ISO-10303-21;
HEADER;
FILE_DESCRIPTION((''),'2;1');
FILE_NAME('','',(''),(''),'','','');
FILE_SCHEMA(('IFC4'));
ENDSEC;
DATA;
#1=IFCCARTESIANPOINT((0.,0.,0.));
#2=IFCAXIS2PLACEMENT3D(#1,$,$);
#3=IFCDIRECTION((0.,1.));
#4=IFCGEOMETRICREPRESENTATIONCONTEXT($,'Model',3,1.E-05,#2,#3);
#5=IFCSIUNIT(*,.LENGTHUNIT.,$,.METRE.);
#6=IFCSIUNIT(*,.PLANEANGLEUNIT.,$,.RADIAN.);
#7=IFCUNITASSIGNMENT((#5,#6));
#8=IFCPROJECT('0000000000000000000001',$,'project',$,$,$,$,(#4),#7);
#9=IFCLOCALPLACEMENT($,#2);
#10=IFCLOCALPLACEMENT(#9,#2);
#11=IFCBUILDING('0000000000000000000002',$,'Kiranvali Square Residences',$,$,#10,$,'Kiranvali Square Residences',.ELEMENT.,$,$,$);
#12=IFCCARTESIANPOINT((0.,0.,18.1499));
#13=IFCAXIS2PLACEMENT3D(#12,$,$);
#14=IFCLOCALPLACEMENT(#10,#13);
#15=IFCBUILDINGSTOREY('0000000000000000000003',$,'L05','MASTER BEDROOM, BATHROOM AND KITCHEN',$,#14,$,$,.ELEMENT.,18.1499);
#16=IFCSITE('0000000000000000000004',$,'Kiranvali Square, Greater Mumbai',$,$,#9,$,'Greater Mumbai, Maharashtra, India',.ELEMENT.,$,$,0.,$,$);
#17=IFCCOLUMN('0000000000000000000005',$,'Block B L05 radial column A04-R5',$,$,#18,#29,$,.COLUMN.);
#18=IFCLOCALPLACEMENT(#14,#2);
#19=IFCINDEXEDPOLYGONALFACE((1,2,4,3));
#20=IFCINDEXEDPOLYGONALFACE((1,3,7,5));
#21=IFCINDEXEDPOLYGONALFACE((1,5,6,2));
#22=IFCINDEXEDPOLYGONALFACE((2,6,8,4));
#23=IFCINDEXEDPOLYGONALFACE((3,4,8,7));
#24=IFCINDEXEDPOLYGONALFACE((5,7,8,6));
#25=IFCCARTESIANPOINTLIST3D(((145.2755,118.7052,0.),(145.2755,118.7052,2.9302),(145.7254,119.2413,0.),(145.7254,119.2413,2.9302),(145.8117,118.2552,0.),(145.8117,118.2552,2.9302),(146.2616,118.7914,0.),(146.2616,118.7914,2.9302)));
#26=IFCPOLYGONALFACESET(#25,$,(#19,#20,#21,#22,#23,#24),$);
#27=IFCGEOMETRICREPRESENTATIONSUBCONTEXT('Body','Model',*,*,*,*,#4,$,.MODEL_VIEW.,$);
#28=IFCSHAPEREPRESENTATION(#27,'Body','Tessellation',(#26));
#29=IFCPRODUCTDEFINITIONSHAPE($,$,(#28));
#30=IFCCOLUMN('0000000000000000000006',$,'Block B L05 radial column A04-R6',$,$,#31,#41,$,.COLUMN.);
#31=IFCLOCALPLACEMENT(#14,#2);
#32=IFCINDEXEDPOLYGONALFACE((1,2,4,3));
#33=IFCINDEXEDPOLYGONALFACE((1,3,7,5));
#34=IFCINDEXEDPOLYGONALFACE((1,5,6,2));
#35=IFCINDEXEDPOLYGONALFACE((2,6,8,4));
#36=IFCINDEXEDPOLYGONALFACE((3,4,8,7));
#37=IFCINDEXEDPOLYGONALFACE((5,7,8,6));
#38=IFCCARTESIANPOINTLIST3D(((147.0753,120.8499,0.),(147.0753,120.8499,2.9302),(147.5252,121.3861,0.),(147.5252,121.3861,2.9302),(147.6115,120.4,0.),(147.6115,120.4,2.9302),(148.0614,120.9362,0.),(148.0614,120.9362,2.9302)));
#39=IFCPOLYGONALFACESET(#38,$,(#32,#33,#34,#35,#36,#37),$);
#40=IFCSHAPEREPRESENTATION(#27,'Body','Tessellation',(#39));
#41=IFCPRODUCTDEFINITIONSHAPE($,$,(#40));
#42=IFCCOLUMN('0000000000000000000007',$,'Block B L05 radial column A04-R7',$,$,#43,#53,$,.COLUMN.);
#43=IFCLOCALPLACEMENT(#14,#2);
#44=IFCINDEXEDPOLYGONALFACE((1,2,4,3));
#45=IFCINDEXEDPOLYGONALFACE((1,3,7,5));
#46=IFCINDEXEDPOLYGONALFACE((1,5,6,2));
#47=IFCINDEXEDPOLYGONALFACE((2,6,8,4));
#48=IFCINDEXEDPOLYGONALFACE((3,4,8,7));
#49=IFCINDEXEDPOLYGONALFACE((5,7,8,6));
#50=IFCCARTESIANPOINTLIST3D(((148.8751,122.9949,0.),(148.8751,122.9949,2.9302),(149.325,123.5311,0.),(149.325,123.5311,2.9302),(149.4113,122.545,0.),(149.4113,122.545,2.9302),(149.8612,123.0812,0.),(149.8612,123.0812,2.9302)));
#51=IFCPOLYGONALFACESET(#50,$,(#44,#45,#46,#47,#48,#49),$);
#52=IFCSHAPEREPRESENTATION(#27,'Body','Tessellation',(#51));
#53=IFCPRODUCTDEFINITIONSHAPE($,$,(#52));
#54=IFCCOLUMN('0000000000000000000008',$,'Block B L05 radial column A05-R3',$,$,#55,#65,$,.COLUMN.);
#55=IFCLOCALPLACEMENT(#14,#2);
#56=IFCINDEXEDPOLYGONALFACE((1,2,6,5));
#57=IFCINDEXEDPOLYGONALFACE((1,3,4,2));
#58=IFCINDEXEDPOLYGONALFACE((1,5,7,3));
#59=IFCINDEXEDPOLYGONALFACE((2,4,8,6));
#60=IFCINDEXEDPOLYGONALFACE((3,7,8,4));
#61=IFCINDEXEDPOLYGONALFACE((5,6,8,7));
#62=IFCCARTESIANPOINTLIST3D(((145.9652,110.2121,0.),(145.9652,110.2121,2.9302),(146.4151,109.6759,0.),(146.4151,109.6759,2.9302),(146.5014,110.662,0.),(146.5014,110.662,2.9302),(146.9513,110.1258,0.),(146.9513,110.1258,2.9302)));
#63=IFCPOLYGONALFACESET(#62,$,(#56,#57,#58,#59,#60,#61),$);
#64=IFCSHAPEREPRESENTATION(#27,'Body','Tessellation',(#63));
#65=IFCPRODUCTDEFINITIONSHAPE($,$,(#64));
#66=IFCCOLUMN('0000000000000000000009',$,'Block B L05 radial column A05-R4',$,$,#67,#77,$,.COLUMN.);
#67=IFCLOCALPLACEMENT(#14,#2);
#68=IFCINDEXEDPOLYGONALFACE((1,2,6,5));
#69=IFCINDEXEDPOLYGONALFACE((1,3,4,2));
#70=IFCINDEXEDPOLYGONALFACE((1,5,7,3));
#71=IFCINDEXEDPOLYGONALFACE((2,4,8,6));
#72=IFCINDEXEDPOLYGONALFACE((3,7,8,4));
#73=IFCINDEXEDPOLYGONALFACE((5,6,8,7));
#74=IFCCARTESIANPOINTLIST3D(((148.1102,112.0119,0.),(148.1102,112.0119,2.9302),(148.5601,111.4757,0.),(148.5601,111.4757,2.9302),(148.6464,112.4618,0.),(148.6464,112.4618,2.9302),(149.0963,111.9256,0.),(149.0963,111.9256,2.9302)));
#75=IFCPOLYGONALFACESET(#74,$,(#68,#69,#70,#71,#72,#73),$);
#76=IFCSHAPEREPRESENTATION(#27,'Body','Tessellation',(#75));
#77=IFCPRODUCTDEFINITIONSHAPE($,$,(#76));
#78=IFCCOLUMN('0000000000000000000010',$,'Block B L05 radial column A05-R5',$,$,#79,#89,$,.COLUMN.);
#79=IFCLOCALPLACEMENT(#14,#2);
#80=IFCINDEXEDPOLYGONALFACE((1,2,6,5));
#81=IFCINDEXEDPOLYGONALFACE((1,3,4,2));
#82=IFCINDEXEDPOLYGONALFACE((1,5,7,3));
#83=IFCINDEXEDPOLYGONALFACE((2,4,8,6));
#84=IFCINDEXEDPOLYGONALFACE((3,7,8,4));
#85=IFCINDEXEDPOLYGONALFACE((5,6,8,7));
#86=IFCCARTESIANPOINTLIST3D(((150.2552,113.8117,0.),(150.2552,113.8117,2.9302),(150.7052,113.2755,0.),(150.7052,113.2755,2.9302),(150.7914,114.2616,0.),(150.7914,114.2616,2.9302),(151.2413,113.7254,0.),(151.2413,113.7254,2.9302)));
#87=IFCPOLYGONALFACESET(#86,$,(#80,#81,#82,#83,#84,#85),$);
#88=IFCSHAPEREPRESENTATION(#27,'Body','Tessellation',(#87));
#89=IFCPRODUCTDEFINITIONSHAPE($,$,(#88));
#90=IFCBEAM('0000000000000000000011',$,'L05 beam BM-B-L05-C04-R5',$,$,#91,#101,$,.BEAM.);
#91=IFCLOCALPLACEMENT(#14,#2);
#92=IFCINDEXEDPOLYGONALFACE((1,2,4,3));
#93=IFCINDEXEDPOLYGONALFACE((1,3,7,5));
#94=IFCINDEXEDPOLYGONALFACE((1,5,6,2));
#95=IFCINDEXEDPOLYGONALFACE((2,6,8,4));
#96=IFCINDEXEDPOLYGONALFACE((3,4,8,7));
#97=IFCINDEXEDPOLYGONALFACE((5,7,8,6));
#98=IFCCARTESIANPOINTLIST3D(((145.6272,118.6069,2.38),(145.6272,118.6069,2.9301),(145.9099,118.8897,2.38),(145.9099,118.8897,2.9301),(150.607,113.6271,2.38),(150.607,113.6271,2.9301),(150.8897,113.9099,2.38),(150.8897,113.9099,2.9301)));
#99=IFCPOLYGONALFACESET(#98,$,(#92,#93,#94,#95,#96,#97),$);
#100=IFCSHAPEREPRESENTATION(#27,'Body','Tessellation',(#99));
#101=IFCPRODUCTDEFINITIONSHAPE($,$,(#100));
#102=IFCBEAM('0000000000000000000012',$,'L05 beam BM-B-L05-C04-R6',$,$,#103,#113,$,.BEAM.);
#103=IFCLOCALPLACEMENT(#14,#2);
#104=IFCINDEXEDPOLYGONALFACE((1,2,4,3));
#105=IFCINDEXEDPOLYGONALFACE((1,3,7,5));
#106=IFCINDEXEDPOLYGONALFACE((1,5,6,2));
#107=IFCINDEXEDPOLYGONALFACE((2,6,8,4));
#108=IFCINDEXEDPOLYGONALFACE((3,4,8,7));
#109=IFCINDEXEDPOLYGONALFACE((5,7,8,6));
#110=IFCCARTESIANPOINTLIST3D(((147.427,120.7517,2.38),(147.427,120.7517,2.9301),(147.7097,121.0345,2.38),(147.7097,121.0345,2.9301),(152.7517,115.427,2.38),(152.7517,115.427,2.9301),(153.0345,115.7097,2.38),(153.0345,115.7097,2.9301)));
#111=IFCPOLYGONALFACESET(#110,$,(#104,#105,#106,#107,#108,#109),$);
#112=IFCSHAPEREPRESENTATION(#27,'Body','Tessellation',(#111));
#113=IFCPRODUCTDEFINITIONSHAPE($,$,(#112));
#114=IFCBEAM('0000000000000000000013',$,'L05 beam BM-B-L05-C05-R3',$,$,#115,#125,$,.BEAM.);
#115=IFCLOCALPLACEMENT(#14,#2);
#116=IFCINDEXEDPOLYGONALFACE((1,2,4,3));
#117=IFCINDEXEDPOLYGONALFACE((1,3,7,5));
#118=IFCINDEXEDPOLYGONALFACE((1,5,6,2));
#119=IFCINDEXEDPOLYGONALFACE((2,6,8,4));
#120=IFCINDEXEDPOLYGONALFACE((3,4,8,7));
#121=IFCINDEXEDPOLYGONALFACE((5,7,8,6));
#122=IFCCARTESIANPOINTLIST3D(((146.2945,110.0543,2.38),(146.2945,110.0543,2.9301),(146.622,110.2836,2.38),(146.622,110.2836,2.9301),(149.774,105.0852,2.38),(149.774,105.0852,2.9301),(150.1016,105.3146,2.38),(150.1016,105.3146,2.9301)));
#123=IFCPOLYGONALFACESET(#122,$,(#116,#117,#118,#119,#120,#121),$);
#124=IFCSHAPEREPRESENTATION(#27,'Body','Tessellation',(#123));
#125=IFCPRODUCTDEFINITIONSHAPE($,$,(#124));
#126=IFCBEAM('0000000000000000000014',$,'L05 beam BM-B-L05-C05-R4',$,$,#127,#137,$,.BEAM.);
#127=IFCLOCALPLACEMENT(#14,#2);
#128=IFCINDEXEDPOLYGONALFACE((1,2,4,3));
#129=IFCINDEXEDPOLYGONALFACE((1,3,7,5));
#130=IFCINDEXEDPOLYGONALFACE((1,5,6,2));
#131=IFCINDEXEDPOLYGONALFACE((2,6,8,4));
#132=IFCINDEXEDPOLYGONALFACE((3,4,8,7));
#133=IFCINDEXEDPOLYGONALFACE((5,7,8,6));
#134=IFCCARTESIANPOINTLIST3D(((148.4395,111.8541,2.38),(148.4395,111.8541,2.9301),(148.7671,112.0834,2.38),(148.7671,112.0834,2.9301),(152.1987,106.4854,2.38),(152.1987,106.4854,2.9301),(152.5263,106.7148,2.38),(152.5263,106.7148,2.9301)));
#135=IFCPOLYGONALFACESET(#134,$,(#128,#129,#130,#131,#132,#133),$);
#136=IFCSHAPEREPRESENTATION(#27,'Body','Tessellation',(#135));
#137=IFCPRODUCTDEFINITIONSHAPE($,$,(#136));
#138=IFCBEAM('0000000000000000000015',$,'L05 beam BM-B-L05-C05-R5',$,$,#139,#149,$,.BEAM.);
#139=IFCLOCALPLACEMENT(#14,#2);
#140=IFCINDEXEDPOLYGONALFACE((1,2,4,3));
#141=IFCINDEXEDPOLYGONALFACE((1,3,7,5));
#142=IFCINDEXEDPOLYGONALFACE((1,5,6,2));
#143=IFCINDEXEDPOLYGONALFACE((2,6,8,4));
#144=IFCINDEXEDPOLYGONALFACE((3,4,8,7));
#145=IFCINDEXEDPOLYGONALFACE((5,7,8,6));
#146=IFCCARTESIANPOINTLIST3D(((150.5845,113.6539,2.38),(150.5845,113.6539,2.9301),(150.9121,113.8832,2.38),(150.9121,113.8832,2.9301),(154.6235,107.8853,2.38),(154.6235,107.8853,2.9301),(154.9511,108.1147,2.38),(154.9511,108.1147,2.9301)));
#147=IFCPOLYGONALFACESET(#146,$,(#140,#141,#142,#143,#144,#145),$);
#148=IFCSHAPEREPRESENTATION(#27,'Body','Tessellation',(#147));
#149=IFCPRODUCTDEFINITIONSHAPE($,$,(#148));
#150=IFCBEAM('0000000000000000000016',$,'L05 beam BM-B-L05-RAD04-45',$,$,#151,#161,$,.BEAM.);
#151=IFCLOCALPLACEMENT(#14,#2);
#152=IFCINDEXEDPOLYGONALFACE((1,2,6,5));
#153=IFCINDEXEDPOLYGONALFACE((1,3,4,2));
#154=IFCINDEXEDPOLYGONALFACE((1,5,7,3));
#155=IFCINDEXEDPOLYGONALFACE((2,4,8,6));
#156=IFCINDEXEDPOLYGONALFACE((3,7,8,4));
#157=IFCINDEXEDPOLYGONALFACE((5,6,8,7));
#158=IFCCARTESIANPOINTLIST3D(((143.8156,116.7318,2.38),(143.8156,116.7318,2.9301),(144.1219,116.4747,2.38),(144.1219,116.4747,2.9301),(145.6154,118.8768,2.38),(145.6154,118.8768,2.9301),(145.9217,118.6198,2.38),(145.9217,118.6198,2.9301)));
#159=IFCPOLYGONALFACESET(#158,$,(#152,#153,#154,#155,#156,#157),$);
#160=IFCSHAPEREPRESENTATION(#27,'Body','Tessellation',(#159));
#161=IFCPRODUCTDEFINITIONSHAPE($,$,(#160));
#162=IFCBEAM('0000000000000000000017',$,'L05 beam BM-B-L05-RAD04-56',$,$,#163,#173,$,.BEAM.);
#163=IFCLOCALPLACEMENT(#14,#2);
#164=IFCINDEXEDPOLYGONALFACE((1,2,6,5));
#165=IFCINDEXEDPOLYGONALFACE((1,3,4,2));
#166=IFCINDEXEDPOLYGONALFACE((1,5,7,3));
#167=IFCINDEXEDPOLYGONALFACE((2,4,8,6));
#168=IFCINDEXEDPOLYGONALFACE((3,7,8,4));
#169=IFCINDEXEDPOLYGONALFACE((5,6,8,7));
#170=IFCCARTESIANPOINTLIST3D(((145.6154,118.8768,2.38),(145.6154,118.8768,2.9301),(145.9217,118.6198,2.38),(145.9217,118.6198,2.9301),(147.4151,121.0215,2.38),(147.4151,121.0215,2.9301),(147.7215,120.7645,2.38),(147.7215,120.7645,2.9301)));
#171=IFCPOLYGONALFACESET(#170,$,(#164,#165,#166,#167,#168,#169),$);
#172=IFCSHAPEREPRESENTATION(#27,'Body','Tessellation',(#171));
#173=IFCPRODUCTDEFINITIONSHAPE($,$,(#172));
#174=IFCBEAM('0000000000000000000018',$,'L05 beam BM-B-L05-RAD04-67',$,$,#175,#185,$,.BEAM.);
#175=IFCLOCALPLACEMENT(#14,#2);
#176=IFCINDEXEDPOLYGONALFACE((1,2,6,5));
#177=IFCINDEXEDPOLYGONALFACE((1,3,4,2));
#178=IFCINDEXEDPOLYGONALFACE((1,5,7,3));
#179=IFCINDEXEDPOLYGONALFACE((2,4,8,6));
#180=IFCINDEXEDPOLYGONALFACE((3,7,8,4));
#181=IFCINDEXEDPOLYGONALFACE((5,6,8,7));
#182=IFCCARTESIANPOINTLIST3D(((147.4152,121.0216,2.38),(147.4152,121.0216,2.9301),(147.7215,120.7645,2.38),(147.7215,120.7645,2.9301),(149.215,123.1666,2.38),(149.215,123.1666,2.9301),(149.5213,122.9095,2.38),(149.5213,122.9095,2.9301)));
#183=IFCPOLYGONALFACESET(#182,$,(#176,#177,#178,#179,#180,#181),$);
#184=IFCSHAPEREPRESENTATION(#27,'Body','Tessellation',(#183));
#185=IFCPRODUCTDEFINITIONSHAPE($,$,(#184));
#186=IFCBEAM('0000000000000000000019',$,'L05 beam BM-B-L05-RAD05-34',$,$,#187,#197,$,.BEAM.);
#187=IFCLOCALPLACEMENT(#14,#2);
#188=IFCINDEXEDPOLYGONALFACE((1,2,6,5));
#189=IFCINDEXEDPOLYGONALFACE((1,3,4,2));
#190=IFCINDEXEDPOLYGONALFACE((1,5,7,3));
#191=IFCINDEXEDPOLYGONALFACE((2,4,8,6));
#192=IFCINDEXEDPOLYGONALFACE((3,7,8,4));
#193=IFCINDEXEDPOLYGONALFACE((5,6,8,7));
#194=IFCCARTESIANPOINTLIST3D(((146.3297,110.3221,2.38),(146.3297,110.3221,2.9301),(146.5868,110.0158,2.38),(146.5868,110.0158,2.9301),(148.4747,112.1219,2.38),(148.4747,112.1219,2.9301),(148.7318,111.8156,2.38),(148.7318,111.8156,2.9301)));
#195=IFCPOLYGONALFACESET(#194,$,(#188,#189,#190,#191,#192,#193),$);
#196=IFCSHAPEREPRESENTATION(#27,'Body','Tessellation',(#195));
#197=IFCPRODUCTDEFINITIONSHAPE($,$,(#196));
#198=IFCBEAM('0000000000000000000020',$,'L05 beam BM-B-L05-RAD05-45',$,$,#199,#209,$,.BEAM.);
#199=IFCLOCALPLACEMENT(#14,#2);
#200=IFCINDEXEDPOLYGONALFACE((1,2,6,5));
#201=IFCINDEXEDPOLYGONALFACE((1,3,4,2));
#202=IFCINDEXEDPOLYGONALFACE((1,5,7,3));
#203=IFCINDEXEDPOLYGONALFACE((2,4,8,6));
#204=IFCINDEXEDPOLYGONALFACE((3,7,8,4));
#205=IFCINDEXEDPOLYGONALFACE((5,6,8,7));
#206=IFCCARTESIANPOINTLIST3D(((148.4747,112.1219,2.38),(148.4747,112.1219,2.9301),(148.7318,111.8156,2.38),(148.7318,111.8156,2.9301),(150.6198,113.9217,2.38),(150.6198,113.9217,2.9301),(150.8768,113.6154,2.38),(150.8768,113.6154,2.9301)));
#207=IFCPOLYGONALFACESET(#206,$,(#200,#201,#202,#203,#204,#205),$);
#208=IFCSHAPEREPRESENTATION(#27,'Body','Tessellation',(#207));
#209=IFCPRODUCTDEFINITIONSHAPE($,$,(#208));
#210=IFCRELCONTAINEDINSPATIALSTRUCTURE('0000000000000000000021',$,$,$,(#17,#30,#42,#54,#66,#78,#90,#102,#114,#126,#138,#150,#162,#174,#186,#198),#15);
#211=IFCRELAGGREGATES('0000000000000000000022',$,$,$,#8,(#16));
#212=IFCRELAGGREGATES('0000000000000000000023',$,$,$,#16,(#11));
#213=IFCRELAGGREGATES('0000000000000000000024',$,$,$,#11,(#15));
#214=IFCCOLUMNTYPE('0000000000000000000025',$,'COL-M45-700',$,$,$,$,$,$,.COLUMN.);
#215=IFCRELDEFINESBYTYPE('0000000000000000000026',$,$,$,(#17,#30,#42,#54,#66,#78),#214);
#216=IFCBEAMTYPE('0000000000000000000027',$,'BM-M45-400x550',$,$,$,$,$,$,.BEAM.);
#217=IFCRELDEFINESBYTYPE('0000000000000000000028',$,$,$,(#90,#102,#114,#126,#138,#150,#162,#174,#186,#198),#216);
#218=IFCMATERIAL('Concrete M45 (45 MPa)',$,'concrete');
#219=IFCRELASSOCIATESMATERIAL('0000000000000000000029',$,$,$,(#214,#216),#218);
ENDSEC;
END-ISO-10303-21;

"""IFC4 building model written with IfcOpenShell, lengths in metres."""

from ifc_helpers import new_model, si_unit, direction, frame, origin, origin_2d, place, context, subcontext, project, spatial, rectangle, extrude, material, material_profile, profile_set, type_object, element, save


model = new_model("IFC4")

# Units and contexts
model_context = context("Model", 3, precision=1e-05, world=origin(), true_north=direction((0.0, 1.0)))
body_context = subcontext(model_context, "Body", "Model", "MODEL_VIEW")
ifc_project = project(units=[si_unit("LENGTHUNIT", "METRE"), si_unit("PLANEANGLEUNIT", "RADIAN")], contexts=[model_context])

# Site, building, storey
site_placement = place(None, origin())
site = spatial("IfcSite", under=ifc_project, at=site_placement, Name="Kiranvali Square, Greater Mumbai", LongName="Greater Mumbai, Maharashtra, India", CompositionType="ELEMENT", RefElevation=0.0)
building_placement = place(site_placement, origin())
building = spatial("IfcBuilding", under=site, at=building_placement, Name="Kiranvali Square Residences", LongName="Kiranvali Square Residences", CompositionType="ELEMENT")
storey_placement = place(building_placement, frame((0.0, 0.0, 18.1499)))
storey = spatial("IfcBuildingStorey", under=building, at=storey_placement, Name="L05", Description="MASTER BEDROOM, BATHROOM AND KITCHEN", CompositionType="ELEMENT", Elevation=18.1499)

# Columns
ifc_material_1 = material(Name="Concrete M45 (45 MPa)", Category="concrete")
ifc_material_profile_1 = material_profile(ifc_material_1, rectangle(XDim=0.7, YDim=0.7, at=origin_2d()), Name="RC 700x700")
ifc_profile_set_1 = profile_set([ifc_material_profile_1], Name="Concrete M45 (45 MPa)")
column_type = type_object("IfcColumnType", Name="COL-M45-700", PredefinedType="COLUMN", material=ifc_profile_set_1)
for number, where, z_axis, x_axis, name in (
    (1, (145.7686, 118.7483, 0.0), (0.0, 0.0, 1.0), (-0.766044, 0.642788, 0.0), "Block B L05 radial column A04-R5"),
    (2, (147.5684, 120.8931, 0.0), (0.0, 0.0, 1.0), (-0.766044, 0.642788, 0.0), "Block B L05 radial column A04-R6"),
    (3, (149.3682, 123.0381, 0.0), (0.0, 0.0, 1.0), (-0.766044, 0.642788, 0.0), "Block B L05 radial column A04-R7"),
    (4, (146.4583, 110.1689, 0.0), (0.0, 0.0, 1.0), (-0.642788, 0.766044, 0.0), "Block B L05 radial column A05-R3"),
    (5, (148.6033, 111.9688, 0.0), (0.0, 0.0, 1.0), (-0.642788, 0.766044, 0.0), "Block B L05 radial column A05-R4"),
    (6, (150.7483, 113.7686, 0.0), (0.0, 0.0, 1.0), (-0.642788, 0.766044, 0.0), "Block B L05 radial column A05-R5"),
):
    element("IfcColumn", number, at=place(storey_placement, frame(where, z_axis=z_axis, x_axis=x_axis)), inside=storey, type_object=column_type, Name=name, PredefinedType="COLUMN", context=body_context, shape_type="SweptSolid", body=[
        extrude(rectangle(XDim=0.7, YDim=0.7, at=origin_2d()), origin(), (0.0, 0.0, 1.0), 2.9302),
    ])

# Beams
ifc_material_profile_2 = material_profile(ifc_material_1, rectangle(XDim=0.3999, YDim=0.55, at=origin_2d()), Name="RC 400x550")
ifc_profile_set_2 = profile_set([ifc_material_profile_2], Name="Concrete M45 (45 MPa)")
beam_type_1 = type_object("IfcBeamType", Name="BM-M45-400x550", PredefinedType="BEAM", material=ifc_profile_set_2)
beam_1_placement = place(storey_placement, frame((145.7686, 118.7483, 2.655), z_axis=(0.707107, -0.707107, 0.0), x_axis=(0.707107, 0.707107, 0.0)))
element("IfcBeam", 7, at=beam_1_placement, inside=storey, type_object=beam_type_1, Name="L05 beam BM-B-L05-C04-R5", PredefinedType="BEAM", context=body_context, shape_type="SweptSolid", body=[
    extrude(rectangle(XDim=0.3999, YDim=0.55, at=origin_2d()), origin(), (0.0, 0.0, 1.0), 7.0425),
])
beam_2_placement = place(storey_placement, frame((147.5684, 120.8931, 2.655), z_axis=(0.707107, -0.707107, 0.0), x_axis=(0.707107, 0.707107, 0.0)))
element("IfcBeam", 8, at=beam_2_placement, inside=storey, type_object=beam_type_1, Name="L05 beam BM-B-L05-C04-R6", PredefinedType="BEAM", context=body_context, shape_type="SweptSolid", body=[
    extrude(rectangle(XDim=0.3999, YDim=0.55, at=origin_2d()), origin(), (0.0, 0.0, 1.0), 7.5303),
])
beam_3_placement = place(storey_placement, frame((146.4583, 110.1689, 2.655), z_axis=(0.573595, -0.819139, 0.0), x_axis=(0.819139, 0.573595, 0.0)))
element("IfcBeam", 9, at=beam_3_placement, inside=storey, type_object=beam_type_1, Name="L05 beam BM-B-L05-C05-R3", PredefinedType="BEAM", context=body_context, shape_type="SweptSolid", body=[
    extrude(rectangle(XDim=0.3999, YDim=0.55, at=origin_2d()), origin(), (0.0, 0.0, 1.0), 6.0662),
])
beam_4_placement = place(storey_placement, frame((148.6033, 111.9688, 2.655), z_axis=(0.573587, -0.819144, 0.0), x_axis=(0.819144, 0.573587, 0.0)))
element("IfcBeam", 10, at=beam_4_placement, inside=storey, type_object=beam_type_1, Name="L05 beam BM-B-L05-C05-R4", PredefinedType="BEAM", context=body_context, shape_type="SweptSolid", body=[
    extrude(rectangle(XDim=0.3999, YDim=0.55, at=origin_2d()), origin(), (0.0, 0.0, 1.0), 6.554),
])
beam_5_placement = place(storey_placement, frame((150.7483, 113.7686, 2.655), z_axis=(0.573565, -0.81916, 0.0), x_axis=(0.81916, 0.573565, 0.0)))
element("IfcBeam", 11, at=beam_5_placement, inside=storey, type_object=beam_type_1, Name="L05 beam BM-B-L05-C05-R5", PredefinedType="BEAM", context=body_context, shape_type="SweptSolid", body=[
    extrude(rectangle(XDim=0.3999, YDim=0.55, at=origin_2d()), origin(), (0.0, 0.0, 1.0), 7.042),
])
beam_6_placement = place(storey_placement, frame((143.9688, 116.6033, 2.655), z_axis=(0.642771, 0.766059, 0.0), x_axis=(-0.766059, 0.642771, 0.0)))
element("IfcBeam", 12, at=beam_6_placement, inside=storey, type_object=beam_type_1, Name="L05 beam BM-B-L05-RAD04-45", PredefinedType="BEAM", context=body_context, shape_type="SweptSolid", body=[
    extrude(rectangle(XDim=0.3999, YDim=0.55, at=origin_2d()), origin(), (0.0, 0.0, 1.0), 2.8),
])
beam_7_placement = place(storey_placement, frame((145.7686, 118.7483, 2.655), z_axis=(0.642814, 0.766023, 0.0), x_axis=(-0.766023, 0.642814, 0.0)))
element("IfcBeam", 13, at=beam_7_placement, inside=storey, type_object=beam_type_1, Name="L05 beam BM-B-L05-RAD04-56", PredefinedType="BEAM", context=body_context, shape_type="SweptSolid", body=[
    extrude(rectangle(XDim=0.3999, YDim=0.55, at=origin_2d()), origin(), (0.0, 0.0, 1.0), 2.7998),
])
for number, where, z_axis, x_axis, name in (
    (14, (147.5684, 120.8931, 2.655), (0.642771, 0.766059, 0.0), (-0.766059, 0.642771, 0.0), "L05 beam BM-B-L05-RAD04-67"),
    (15, (146.4583, 110.1689, 2.655), (0.766059, 0.642771, 0.0), (-0.642771, 0.766059, 0.0), "L05 beam BM-B-L05-RAD05-34"),
    (16, (148.6033, 111.9688, 2.655), (0.766059, 0.642771, 0.0), (-0.642771, 0.766059, 0.0), "L05 beam BM-B-L05-RAD05-45"),
):
    element("IfcBeam", number, at=place(storey_placement, frame(where, z_axis=z_axis, x_axis=x_axis)), inside=storey, type_object=beam_type_1, Name=name, PredefinedType="BEAM", context=body_context, shape_type="SweptSolid", body=[
        extrude(rectangle(XDim=0.3999, YDim=0.55, at=origin_2d()), origin(), (0.0, 0.0, 1.0), 2.8),
    ])

save(model, "model.ifc")
